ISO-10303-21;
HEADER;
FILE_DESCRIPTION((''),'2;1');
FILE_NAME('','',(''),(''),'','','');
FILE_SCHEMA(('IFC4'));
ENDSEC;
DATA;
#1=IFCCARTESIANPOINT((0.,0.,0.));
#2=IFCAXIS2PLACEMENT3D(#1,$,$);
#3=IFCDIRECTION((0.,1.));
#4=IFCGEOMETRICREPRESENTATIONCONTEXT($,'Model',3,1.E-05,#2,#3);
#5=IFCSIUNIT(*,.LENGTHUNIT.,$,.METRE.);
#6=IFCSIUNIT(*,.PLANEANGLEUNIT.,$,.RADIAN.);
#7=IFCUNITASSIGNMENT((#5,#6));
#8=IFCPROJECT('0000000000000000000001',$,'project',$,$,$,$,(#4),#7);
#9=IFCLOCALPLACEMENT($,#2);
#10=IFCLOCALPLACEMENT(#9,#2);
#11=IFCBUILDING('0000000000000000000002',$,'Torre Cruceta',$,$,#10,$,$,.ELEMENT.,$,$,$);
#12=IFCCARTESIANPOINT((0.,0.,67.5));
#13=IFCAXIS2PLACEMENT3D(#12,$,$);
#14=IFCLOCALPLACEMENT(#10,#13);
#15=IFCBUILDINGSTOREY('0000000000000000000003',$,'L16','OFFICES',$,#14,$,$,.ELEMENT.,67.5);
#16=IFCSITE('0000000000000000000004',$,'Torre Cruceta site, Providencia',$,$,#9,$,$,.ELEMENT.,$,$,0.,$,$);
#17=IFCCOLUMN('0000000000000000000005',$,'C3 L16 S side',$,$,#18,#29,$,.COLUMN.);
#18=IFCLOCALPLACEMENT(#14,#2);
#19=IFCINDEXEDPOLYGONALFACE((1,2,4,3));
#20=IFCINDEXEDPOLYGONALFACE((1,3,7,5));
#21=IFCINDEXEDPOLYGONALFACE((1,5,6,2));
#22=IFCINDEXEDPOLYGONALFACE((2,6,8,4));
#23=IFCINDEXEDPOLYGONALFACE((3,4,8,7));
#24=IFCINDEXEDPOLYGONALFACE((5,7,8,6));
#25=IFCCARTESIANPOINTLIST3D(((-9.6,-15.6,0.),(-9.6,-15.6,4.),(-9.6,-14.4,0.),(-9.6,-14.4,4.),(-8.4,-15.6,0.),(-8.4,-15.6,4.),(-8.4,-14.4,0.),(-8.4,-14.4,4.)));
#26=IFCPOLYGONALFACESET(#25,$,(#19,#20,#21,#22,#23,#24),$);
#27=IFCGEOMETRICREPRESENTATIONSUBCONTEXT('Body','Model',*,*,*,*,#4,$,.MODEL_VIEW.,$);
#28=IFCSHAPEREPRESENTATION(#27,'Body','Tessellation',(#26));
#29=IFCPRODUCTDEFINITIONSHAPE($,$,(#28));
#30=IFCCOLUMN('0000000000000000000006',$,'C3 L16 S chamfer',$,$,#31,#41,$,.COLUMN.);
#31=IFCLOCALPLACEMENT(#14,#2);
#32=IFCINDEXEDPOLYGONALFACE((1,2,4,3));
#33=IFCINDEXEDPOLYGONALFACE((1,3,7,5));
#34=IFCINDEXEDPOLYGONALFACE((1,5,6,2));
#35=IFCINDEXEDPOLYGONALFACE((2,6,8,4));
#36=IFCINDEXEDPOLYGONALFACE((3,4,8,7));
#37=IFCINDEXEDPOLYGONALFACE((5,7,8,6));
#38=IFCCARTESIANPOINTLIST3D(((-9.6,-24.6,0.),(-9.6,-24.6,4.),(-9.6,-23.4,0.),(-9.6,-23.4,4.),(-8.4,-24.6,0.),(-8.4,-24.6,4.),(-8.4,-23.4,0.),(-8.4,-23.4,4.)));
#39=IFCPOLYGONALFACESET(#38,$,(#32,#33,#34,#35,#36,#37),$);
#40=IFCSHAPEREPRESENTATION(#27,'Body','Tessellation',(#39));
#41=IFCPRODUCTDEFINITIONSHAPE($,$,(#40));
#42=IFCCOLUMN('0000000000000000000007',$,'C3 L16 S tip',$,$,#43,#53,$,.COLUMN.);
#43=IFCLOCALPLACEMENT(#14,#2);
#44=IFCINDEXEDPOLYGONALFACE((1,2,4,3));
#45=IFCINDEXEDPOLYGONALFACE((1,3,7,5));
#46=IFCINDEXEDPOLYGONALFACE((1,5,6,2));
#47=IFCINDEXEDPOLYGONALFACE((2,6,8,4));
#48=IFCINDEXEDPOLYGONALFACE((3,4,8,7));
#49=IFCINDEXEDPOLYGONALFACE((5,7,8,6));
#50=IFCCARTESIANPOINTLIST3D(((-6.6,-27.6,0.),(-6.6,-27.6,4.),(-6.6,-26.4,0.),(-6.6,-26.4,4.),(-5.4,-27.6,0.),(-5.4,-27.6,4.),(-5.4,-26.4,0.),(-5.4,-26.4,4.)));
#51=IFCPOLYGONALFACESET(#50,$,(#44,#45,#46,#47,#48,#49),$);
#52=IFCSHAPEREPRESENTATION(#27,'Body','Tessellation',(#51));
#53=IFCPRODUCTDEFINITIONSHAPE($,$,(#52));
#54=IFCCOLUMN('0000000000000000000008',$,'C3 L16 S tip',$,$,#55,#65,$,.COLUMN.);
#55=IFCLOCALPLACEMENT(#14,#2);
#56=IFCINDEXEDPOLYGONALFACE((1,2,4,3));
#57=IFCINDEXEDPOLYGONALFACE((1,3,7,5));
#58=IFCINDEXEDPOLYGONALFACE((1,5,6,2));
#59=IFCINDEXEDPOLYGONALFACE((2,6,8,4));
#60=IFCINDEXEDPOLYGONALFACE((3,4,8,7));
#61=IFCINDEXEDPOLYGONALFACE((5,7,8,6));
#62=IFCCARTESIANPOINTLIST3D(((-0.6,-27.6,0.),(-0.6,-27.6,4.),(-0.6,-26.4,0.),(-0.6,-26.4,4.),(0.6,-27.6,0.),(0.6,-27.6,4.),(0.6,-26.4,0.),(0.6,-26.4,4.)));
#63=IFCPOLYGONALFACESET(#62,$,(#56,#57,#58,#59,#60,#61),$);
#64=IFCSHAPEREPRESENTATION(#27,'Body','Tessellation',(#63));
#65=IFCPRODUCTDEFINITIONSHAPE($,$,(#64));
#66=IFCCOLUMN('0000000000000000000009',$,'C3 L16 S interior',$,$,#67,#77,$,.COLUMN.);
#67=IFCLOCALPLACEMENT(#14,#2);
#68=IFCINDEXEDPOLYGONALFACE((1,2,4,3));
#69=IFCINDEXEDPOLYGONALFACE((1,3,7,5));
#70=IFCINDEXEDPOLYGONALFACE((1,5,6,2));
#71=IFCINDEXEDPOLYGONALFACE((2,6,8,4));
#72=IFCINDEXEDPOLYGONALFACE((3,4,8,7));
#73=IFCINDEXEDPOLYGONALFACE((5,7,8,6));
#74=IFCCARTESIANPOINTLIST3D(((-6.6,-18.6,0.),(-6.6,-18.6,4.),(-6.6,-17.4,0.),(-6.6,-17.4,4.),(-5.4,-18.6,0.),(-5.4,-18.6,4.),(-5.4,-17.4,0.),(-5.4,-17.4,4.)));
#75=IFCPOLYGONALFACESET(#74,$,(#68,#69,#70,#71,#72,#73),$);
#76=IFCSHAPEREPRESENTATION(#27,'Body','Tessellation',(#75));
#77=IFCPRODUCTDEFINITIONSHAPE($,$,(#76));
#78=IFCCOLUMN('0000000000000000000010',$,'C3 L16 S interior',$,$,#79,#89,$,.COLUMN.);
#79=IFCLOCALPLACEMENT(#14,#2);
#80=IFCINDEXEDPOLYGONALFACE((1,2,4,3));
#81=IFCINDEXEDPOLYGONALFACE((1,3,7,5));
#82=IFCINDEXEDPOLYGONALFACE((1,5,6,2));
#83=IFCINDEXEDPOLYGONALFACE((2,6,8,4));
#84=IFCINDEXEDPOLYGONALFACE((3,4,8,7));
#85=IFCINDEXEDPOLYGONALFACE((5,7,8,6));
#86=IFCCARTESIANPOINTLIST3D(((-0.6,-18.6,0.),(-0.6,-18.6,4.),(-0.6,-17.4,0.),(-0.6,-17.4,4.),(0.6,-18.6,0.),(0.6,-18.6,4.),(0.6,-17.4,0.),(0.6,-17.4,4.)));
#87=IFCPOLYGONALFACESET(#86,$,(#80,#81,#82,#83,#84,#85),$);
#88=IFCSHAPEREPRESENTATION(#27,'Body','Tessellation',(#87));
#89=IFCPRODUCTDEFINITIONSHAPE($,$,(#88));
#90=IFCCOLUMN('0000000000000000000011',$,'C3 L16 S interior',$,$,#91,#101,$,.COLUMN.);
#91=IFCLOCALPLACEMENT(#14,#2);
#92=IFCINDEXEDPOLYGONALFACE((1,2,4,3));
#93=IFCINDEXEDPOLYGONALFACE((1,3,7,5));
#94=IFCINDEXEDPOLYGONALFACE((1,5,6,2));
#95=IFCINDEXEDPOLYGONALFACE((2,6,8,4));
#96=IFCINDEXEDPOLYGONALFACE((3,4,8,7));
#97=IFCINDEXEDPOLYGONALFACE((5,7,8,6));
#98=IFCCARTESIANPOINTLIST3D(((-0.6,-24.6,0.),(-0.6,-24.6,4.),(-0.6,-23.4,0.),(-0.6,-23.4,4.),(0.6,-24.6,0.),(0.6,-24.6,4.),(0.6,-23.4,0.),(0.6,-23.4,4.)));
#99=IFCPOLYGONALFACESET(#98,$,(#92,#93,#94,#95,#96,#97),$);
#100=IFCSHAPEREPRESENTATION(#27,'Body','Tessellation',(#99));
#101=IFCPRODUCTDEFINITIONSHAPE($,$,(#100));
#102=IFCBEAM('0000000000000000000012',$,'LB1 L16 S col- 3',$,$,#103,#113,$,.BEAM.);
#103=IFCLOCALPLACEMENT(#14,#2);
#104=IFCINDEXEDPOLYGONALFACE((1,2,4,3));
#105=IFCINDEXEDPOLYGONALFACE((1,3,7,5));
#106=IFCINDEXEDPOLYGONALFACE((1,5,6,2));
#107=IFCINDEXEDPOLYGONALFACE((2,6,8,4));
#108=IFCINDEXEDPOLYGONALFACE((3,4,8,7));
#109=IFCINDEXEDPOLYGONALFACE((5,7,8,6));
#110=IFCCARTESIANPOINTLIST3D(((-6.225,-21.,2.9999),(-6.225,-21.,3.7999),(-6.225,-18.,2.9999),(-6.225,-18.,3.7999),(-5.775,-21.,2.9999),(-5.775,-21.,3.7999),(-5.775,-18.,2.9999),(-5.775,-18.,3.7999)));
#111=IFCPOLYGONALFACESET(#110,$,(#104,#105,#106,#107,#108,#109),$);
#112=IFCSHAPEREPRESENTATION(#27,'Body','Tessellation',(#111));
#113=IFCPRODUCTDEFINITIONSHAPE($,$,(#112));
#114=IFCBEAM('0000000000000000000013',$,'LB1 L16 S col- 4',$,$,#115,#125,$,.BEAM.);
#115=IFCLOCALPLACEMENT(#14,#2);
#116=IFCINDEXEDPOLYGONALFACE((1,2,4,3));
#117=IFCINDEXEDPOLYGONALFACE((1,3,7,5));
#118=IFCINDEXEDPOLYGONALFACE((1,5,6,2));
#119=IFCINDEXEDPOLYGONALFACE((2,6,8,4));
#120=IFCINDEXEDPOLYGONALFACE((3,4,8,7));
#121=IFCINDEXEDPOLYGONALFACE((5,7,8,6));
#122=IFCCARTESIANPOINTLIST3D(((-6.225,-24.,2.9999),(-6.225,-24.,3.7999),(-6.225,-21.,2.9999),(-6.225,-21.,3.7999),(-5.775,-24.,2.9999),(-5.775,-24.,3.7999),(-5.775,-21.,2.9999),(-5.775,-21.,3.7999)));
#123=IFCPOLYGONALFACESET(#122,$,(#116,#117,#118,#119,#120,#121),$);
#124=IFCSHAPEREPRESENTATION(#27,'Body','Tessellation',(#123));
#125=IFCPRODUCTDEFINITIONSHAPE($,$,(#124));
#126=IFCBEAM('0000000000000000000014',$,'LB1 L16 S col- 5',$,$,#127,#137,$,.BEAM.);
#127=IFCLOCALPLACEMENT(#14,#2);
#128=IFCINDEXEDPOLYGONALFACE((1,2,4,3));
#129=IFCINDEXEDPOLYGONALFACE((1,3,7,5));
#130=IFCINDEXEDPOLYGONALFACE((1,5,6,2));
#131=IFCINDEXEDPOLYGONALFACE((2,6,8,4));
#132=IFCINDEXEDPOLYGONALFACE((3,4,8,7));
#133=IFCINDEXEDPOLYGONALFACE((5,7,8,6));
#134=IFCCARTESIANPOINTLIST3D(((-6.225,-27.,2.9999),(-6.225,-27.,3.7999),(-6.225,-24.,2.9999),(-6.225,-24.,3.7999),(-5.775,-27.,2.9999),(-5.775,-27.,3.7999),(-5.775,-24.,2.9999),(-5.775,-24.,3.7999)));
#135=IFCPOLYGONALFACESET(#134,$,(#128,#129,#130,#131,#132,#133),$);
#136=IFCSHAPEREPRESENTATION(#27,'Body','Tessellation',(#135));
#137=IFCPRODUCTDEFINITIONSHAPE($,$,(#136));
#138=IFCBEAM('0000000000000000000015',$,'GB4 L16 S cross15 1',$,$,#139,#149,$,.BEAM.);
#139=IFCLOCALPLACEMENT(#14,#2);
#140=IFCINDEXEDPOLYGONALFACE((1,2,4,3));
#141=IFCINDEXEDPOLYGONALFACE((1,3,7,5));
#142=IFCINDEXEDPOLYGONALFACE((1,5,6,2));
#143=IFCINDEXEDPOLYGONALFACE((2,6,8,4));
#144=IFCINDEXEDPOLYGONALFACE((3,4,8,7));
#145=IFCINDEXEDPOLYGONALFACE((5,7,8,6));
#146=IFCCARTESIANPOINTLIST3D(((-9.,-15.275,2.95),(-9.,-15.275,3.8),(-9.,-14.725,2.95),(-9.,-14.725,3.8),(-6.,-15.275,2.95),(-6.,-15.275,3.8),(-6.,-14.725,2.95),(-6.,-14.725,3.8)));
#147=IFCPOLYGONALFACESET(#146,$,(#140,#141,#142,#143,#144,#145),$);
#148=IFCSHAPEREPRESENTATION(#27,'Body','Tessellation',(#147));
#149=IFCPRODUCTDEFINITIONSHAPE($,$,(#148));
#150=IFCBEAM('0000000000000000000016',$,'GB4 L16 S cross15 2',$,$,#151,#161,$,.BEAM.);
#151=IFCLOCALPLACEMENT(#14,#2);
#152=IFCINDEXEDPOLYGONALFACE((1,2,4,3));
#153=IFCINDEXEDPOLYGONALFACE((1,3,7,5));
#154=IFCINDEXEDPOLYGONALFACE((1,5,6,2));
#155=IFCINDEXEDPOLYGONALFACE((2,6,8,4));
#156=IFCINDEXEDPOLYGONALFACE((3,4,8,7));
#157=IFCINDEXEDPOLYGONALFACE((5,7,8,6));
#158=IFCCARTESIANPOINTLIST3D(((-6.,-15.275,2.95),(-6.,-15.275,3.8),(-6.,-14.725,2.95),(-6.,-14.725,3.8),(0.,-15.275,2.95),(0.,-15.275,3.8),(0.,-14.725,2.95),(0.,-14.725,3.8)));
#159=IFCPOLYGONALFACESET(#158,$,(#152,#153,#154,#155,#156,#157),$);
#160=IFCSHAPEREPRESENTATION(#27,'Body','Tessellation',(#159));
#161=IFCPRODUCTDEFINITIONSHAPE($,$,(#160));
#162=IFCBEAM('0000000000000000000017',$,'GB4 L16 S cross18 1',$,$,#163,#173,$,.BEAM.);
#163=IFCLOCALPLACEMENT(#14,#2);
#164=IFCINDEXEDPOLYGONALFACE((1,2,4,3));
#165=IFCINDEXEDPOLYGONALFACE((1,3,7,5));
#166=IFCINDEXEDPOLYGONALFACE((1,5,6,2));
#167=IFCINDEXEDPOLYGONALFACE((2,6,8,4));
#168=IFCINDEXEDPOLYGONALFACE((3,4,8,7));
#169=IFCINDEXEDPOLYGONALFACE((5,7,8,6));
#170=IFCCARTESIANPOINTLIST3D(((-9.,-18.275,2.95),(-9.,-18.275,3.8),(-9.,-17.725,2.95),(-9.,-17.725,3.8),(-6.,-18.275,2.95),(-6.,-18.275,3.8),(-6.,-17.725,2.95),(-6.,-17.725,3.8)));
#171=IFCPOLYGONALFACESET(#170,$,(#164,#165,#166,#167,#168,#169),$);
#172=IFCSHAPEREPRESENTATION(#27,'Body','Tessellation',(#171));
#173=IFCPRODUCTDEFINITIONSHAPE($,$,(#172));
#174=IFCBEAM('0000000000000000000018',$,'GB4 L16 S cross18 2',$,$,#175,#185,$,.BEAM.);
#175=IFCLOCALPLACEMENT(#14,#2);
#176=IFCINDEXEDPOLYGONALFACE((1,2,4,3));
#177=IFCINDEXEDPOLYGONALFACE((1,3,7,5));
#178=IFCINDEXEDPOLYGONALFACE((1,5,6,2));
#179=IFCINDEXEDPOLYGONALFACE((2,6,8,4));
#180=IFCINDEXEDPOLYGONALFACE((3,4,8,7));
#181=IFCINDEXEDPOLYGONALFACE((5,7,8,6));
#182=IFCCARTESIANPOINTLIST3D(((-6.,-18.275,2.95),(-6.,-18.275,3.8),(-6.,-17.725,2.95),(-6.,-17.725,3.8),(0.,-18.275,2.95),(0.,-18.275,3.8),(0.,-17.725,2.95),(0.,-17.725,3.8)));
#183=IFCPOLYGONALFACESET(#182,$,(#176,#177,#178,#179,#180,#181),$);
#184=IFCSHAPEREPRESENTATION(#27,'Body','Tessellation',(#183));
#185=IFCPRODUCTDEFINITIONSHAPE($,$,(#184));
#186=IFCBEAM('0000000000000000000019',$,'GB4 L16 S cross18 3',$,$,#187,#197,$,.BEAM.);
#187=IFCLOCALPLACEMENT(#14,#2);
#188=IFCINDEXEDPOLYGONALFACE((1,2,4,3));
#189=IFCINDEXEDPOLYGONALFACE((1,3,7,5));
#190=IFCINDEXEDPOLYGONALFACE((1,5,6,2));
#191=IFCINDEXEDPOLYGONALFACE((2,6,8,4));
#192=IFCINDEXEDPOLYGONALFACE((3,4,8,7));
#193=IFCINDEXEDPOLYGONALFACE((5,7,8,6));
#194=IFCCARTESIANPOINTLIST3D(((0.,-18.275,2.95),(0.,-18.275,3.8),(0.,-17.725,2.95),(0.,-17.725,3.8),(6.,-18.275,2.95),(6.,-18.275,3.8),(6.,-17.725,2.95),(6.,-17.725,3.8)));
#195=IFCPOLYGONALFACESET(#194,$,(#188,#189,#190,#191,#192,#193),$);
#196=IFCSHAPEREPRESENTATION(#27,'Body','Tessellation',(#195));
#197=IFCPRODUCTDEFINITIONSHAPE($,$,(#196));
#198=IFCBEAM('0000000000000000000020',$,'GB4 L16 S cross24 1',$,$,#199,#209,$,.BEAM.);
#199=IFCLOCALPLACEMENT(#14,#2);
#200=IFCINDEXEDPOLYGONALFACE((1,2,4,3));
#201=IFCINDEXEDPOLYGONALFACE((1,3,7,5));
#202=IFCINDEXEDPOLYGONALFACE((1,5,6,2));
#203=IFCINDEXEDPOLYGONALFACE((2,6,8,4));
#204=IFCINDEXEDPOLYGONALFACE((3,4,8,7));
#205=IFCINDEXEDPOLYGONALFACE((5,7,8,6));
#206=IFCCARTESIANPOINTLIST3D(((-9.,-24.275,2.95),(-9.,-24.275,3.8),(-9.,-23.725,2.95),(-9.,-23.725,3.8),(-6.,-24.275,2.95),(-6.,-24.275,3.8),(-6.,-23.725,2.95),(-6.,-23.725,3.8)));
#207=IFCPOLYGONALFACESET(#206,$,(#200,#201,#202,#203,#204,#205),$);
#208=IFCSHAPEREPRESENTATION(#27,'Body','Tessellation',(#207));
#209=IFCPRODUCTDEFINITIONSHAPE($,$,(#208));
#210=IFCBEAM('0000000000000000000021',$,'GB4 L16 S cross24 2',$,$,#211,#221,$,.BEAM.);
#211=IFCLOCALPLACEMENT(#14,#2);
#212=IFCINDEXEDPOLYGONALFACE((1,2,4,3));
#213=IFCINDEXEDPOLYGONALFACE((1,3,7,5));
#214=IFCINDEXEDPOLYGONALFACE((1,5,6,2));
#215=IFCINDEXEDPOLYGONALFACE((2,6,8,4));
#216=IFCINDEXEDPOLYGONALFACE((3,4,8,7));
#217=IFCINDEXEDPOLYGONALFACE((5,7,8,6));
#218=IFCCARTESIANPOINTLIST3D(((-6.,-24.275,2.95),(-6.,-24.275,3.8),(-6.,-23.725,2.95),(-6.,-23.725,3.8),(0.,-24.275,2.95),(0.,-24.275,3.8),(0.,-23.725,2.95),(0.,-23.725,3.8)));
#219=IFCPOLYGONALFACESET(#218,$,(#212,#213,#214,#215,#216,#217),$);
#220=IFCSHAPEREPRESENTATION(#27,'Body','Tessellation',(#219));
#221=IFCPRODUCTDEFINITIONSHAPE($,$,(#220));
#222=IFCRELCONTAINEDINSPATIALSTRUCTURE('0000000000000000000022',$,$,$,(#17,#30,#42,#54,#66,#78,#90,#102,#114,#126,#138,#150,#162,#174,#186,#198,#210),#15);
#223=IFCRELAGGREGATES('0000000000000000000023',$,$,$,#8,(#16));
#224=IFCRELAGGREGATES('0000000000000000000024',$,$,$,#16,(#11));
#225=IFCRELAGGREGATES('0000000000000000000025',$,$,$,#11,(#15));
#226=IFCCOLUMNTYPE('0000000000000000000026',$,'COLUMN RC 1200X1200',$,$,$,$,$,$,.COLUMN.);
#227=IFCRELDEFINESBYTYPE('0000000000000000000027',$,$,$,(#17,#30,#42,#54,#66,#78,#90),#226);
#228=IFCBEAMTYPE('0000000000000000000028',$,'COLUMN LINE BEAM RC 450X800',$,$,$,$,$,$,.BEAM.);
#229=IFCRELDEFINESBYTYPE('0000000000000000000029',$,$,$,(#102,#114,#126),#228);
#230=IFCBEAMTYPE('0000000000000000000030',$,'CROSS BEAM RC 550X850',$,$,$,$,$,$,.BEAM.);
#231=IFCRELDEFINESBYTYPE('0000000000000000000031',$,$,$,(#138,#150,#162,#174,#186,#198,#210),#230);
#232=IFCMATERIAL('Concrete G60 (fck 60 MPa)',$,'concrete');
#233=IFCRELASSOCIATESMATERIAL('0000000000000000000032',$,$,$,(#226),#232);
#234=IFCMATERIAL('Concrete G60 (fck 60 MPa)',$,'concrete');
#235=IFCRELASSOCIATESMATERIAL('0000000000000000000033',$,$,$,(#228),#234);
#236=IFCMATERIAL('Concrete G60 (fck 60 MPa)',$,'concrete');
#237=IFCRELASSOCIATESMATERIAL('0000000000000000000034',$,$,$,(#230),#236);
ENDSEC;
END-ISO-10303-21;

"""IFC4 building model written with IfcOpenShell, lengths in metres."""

from ifc_helpers import new_model, si_unit, direction, frame, origin, origin_2d, place, context, subcontext, project, spatial, rectangle, extrude, material, material_profile, profile_set, type_object, element, save


model = new_model("IFC4")

# Units and contexts
model_context = context("Model", 3, precision=1e-05, world=origin(), true_north=direction((0.0, 1.0)))
body_context = subcontext(model_context, "Body", "Model", "MODEL_VIEW")
ifc_project = project(units=[si_unit("LENGTHUNIT", "METRE"), si_unit("PLANEANGLEUNIT", "RADIAN")], contexts=[model_context])

# Site, building, storey
site_placement = place(None, origin())
site = spatial("IfcSite", under=ifc_project, at=site_placement, Name="Torre Cruceta site, Providencia", CompositionType="ELEMENT", RefElevation=0.0)
building_placement = place(site_placement, origin())
building = spatial("IfcBuilding", under=site, at=building_placement, Name="Torre Cruceta", CompositionType="ELEMENT")
storey_placement = place(building_placement, frame((0.0, 0.0, 67.5)))
storey = spatial("IfcBuildingStorey", under=building, at=storey_placement, Name="L16", Description="OFFICES", CompositionType="ELEMENT", Elevation=67.5)

# Columns
ifc_material_1 = material(Name="Concrete G60 (fck 60 MPa)", Category="concrete")
ifc_material_profile_1 = material_profile(ifc_material_1, rectangle(XDim=1.2, YDim=1.2, at=origin_2d()), Name="RC 1200X1200")
ifc_profile_set_1 = profile_set([ifc_material_profile_1], Name="Concrete G60 (fck 60 MPa)")
column_type = type_object("IfcColumnType", Name="COLUMN RC 1200X1200", PredefinedType="COLUMN", material=ifc_profile_set_1)
for number, where, z_axis, x_axis, name in (
    (1, (-9.0, -15.0, 0.0), (0.0, 0.0, 1.0), (1.0, 0.0, 0.0), "C3 L16 S side"),
    (2, (-9.0, -24.0, 0.0), (0.0, 0.0, 1.0), (1.0, 0.0, 0.0), "C3 L16 S chamfer"),
    (3, (-6.0, -27.0, 0.0), (0.0, 0.0, 1.0), (1.0, 0.0, 0.0), "C3 L16 S tip"),
    (4, (0.0, -27.0, 0.0), (0.0, 0.0, 1.0), (1.0, 0.0, 0.0), "C3 L16 S tip"),
    (5, (-6.0, -18.0, 0.0), (0.0, 0.0, 1.0), (1.0, 0.0, 0.0), "C3 L16 S interior"),
    (6, (0.0, -18.0, 0.0), (0.0, 0.0, 1.0), (1.0, 0.0, 0.0), "C3 L16 S interior"),
    (7, (0.0, -24.0, 0.0), (0.0, 0.0, 1.0), (1.0, 0.0, 0.0), "C3 L16 S interior"),
):
    element("IfcColumn", number, at=place(storey_placement, frame(where, z_axis=z_axis, x_axis=x_axis)), inside=storey, type_object=column_type, Name=name, PredefinedType="COLUMN", context=body_context, shape_type="SweptSolid", body=[
        extrude(rectangle(XDim=1.2, YDim=1.2, at=origin_2d()), origin(), (0.0, 0.0, 1.0), 4.0),
    ])

# Beams
ifc_material_2 = material(Name="Concrete G60 (fck 60 MPa)", Category="concrete")
ifc_material_profile_2 = material_profile(ifc_material_2, rectangle(XDim=0.45, YDim=0.8, at=origin_2d()), Name="RC 450X800")
ifc_profile_set_2 = profile_set([ifc_material_profile_2], Name="Concrete G60 (fck 60 MPa)")
beam_type_1 = type_object("IfcBeamType", Name="COLUMN LINE BEAM RC 450X800", PredefinedType="BEAM", material=ifc_profile_set_2)
for number, where, z_axis, x_axis, name in (
    (8, (-6.0, -18.0, 3.3999), (0.0, -1.0, 0.0), (1.0, 0.0, 0.0), "LB1 L16 S col- 3"),
    (9, (-6.0, -21.0, 3.3999), (0.0, -1.0, 0.0), (1.0, 0.0, 0.0), "LB1 L16 S col- 4"),
    (10, (-6.0, -24.0, 3.3999), (0.0, -1.0, 0.0), (1.0, 0.0, 0.0), "LB1 L16 S col- 5"),
):
    element("IfcBeam", number, at=place(storey_placement, frame(where, z_axis=z_axis, x_axis=x_axis)), inside=storey, type_object=beam_type_1, Name=name, PredefinedType="BEAM", context=body_context, shape_type="SweptSolid", body=[
        extrude(rectangle(XDim=0.45, YDim=0.8, at=origin_2d()), origin(), (0.0, 0.0, 1.0), 3.0),
    ])
ifc_material_3 = material(Name="Concrete G60 (fck 60 MPa)", Category="concrete")
ifc_material_profile_3 = material_profile(ifc_material_3, rectangle(XDim=0.55, YDim=0.8501, at=origin_2d()), Name="RC 550X850")
ifc_profile_set_3 = profile_set([ifc_material_profile_3], Name="Concrete G60 (fck 60 MPa)")
beam_type_2 = type_object("IfcBeamType", Name="CROSS BEAM RC 550X850", PredefinedType="BEAM", material=ifc_profile_set_3)
beam_1_placement = place(storey_placement, frame((-9.0, -15.0, 3.375), z_axis=(1.0, 0.0, 0.0), x_axis=(0.0, 1.0, 0.0)))
element("IfcBeam", 11, at=beam_1_placement, inside=storey, type_object=beam_type_2, Name="GB4 L16 S cross15 1", PredefinedType="BEAM", context=body_context, shape_type="SweptSolid", body=[
    extrude(rectangle(XDim=0.55, YDim=0.8501, at=origin_2d()), origin(), (0.0, 0.0, 1.0), 3.0),
])
beam_2_placement = place(storey_placement, frame((-6.0, -15.0, 3.375), z_axis=(1.0, 0.0, 0.0), x_axis=(0.0, 1.0, 0.0)))
element("IfcBeam", 12, at=beam_2_placement, inside=storey, type_object=beam_type_2, Name="GB4 L16 S cross15 2", PredefinedType="BEAM", context=body_context, shape_type="SweptSolid", body=[
    extrude(rectangle(XDim=0.55, YDim=0.8501, at=origin_2d()), origin(), (0.0, 0.0, 1.0), 6.0),
])
beam_3_placement = place(storey_placement, frame((-9.0, -18.0, 3.375), z_axis=(1.0, 0.0, 0.0), x_axis=(0.0, 1.0, 0.0)))
element("IfcBeam", 13, at=beam_3_placement, inside=storey, type_object=beam_type_2, Name="GB4 L16 S cross18 1", PredefinedType="BEAM", context=body_context, shape_type="SweptSolid", body=[
    extrude(rectangle(XDim=0.55, YDim=0.8501, at=origin_2d()), origin(), (0.0, 0.0, 1.0), 3.0),
])
for number, where, z_axis, x_axis, name in (
    (14, (-6.0, -18.0, 3.375), (1.0, 0.0, 0.0), (0.0, 1.0, 0.0), "GB4 L16 S cross18 2"),
    (15, (0.0, -18.0, 3.375), (1.0, 0.0, 0.0), (0.0, 1.0, 0.0), "GB4 L16 S cross18 3"),
):
    element("IfcBeam", number, at=place(storey_placement, frame(where, z_axis=z_axis, x_axis=x_axis)), inside=storey, type_object=beam_type_2, Name=name, PredefinedType="BEAM", context=body_context, shape_type="SweptSolid", body=[
        extrude(rectangle(XDim=0.55, YDim=0.8501, at=origin_2d()), origin(), (0.0, 0.0, 1.0), 6.0),
    ])
beam_4_placement = place(storey_placement, frame((-9.0, -24.0, 3.375), z_axis=(1.0, 0.0, 0.0), x_axis=(0.0, 1.0, 0.0)))
element("IfcBeam", 16, at=beam_4_placement, inside=storey, type_object=beam_type_2, Name="GB4 L16 S cross24 1", PredefinedType="BEAM", context=body_context, shape_type="SweptSolid", body=[
    extrude(rectangle(XDim=0.55, YDim=0.8501, at=origin_2d()), origin(), (0.0, 0.0, 1.0), 3.0),
])
for number, where, z_axis, x_axis, name in (
    (17, (-6.0, -24.0, 3.375), (1.0, 0.0, 0.0), (0.0, 1.0, 0.0), "GB4 L16 S cross24 2"),
):
    element("IfcBeam", number, at=place(storey_placement, frame(where, z_axis=z_axis, x_axis=x_axis)), inside=storey, type_object=beam_type_2, Name=name, PredefinedType="BEAM", context=body_context, shape_type="SweptSolid", body=[
        extrude(rectangle(XDim=0.55, YDim=0.8501, at=origin_2d()), origin(), (0.0, 0.0, 1.0), 6.0),
    ])

save(model, "model.ifc")
